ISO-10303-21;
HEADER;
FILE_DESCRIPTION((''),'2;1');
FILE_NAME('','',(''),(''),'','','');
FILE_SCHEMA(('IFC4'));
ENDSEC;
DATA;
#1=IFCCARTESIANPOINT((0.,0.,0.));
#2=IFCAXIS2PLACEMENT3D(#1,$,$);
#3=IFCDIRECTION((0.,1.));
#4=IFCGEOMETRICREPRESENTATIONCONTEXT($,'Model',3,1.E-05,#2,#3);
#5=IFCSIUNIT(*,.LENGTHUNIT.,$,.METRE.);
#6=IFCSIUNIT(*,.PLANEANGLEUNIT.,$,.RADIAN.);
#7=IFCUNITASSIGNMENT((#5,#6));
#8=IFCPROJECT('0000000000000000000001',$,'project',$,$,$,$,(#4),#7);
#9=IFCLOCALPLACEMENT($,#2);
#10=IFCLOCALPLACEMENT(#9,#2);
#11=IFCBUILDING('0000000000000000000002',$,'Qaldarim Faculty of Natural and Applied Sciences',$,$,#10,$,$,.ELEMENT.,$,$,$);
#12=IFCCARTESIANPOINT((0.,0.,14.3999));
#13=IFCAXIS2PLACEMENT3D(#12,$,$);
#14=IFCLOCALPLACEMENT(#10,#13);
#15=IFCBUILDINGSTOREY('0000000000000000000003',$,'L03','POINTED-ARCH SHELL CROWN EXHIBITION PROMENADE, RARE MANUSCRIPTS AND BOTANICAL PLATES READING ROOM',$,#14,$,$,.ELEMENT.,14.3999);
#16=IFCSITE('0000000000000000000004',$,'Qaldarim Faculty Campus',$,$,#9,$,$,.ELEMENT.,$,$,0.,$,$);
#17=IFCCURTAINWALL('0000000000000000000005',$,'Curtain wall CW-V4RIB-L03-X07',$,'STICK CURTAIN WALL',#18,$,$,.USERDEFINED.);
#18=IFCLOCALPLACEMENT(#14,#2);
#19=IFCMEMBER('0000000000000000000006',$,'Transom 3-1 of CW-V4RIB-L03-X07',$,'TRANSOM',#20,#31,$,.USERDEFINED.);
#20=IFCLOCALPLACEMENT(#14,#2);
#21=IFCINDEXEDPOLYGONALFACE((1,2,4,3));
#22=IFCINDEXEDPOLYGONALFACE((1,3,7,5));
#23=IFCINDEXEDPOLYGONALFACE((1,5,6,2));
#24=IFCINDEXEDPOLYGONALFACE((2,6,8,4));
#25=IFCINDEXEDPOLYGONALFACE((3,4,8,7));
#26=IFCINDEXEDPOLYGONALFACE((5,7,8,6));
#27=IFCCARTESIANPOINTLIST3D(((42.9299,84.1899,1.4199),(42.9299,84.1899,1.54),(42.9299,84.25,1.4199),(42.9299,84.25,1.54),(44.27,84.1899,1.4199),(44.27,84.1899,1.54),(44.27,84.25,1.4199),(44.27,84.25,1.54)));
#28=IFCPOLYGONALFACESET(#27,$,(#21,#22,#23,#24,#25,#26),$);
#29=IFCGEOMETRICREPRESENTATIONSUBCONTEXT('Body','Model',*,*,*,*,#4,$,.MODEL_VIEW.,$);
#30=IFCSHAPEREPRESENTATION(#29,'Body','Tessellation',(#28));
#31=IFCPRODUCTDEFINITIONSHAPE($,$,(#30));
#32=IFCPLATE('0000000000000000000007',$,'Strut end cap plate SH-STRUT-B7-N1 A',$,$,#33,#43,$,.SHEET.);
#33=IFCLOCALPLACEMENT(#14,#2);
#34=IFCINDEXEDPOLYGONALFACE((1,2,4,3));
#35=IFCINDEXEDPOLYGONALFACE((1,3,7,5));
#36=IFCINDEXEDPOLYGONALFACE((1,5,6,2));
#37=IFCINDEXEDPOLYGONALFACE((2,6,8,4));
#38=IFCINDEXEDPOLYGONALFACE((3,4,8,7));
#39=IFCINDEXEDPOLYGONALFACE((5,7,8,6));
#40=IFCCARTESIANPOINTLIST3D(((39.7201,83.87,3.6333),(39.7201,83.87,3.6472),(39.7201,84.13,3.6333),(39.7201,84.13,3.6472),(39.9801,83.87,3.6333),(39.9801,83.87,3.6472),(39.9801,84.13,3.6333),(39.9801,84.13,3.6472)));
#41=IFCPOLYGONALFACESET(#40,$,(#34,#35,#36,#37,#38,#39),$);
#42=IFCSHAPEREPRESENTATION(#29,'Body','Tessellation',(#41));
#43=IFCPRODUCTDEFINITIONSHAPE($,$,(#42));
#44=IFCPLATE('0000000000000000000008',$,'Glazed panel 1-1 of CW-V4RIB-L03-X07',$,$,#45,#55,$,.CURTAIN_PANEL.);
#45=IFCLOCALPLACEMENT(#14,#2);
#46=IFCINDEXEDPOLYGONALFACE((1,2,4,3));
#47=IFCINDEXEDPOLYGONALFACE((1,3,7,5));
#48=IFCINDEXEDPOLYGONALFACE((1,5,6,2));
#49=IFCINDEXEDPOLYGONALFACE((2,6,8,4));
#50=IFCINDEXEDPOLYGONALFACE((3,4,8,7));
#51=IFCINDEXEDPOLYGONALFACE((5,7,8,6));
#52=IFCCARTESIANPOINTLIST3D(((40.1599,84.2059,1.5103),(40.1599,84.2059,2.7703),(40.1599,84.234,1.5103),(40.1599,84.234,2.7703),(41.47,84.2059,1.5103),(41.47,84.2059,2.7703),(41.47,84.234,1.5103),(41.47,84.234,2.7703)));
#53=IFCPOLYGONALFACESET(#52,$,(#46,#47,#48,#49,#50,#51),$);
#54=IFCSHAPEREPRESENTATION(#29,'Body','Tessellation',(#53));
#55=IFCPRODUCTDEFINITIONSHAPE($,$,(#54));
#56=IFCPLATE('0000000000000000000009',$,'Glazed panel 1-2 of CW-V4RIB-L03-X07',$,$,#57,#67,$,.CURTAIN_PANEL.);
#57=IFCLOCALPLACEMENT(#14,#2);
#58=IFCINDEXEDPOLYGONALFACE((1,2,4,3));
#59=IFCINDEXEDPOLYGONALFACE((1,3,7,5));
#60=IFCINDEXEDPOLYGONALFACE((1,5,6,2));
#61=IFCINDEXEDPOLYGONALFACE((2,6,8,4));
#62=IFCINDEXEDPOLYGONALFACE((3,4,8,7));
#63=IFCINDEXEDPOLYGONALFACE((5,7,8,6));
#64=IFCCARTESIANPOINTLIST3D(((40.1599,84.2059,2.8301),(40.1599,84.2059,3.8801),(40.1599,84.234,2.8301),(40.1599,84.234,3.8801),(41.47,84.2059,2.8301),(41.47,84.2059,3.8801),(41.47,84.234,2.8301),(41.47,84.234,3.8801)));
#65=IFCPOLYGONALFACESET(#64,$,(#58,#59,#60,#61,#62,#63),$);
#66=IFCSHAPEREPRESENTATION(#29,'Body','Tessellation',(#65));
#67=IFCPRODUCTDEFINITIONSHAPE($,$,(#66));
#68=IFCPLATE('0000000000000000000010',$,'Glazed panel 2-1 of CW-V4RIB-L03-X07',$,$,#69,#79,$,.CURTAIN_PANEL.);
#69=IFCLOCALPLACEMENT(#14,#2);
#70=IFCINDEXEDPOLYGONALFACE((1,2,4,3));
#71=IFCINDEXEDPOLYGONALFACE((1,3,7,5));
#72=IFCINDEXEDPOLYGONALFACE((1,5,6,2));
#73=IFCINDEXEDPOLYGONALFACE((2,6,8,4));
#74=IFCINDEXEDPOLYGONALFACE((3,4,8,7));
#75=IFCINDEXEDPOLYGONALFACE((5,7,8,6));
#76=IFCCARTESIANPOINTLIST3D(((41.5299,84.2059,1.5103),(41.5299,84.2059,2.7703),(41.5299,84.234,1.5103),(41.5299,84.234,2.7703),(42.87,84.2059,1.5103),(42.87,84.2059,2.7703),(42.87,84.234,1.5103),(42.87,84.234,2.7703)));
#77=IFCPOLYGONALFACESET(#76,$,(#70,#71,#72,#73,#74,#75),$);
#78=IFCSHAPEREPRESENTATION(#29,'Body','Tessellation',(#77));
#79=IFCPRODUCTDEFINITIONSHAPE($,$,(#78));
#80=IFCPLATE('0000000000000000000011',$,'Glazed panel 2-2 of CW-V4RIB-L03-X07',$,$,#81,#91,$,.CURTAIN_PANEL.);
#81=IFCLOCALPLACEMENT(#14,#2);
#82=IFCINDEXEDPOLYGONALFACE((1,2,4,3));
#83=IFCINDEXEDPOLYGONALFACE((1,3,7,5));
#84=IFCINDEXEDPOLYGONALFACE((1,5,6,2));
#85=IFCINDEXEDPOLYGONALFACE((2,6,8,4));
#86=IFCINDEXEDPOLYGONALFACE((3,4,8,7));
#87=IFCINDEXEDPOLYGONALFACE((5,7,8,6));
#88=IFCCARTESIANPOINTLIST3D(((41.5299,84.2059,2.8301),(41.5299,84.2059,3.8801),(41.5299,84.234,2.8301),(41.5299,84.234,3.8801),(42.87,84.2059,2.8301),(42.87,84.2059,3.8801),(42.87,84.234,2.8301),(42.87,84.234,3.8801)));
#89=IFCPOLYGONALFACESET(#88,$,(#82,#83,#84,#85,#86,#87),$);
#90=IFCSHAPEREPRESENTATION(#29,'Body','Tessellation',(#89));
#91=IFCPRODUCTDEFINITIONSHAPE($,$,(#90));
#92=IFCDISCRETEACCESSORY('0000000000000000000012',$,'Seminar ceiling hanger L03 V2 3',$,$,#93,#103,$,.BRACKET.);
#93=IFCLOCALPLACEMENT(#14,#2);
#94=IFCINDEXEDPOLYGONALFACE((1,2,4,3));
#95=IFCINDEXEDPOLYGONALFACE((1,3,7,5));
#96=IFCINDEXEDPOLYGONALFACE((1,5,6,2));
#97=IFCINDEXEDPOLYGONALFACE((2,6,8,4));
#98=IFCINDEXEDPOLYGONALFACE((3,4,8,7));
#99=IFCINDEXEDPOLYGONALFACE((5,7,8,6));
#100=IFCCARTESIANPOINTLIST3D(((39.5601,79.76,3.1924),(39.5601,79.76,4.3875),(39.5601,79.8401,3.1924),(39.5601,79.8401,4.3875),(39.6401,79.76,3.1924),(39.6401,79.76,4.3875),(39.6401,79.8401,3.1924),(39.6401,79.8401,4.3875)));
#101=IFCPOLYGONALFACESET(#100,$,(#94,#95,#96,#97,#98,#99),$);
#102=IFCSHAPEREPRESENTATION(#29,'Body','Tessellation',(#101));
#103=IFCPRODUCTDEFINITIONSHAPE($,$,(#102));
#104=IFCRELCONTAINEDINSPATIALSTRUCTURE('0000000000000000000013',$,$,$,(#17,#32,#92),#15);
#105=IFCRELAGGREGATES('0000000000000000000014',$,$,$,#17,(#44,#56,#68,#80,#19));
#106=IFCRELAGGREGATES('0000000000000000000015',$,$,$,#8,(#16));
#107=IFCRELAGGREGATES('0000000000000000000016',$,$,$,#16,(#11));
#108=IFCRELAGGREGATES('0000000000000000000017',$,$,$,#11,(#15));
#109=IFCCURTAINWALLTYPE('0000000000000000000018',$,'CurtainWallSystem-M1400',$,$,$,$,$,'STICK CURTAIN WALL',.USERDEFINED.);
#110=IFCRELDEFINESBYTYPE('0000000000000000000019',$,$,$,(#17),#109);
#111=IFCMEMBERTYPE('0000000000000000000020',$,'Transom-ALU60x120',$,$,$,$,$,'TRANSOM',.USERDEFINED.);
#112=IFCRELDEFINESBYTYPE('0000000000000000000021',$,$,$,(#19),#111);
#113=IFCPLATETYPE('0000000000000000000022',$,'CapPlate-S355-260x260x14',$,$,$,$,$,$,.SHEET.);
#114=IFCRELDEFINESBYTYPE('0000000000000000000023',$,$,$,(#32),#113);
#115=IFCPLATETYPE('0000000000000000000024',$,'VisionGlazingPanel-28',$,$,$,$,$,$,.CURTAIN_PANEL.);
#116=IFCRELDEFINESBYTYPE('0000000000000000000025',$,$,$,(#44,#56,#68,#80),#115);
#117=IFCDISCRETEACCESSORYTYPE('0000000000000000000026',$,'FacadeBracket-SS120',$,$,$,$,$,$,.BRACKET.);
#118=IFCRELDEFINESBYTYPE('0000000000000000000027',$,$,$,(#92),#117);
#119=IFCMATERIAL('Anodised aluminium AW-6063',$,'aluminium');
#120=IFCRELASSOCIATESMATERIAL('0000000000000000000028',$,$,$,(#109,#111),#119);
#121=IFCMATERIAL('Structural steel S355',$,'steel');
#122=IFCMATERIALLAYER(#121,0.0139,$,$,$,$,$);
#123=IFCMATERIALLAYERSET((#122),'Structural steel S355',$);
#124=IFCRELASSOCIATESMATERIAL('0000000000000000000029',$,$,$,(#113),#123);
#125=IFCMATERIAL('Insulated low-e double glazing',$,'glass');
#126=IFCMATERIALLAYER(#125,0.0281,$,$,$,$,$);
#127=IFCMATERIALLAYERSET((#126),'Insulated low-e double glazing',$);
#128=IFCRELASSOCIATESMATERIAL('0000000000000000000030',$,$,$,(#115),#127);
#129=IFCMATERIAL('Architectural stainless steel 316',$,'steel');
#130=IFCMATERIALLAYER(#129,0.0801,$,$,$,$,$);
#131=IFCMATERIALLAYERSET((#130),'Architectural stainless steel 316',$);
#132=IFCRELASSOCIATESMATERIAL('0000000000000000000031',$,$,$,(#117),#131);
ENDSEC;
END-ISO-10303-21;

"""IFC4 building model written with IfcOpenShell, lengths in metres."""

from ifc_helpers import new_model, si_unit, direction, frame, origin, origin_2d, place, context, subcontext, project, spatial, rectangle, extrude, material, layer, layer_set, material_profile, profile_set, type_object, element, aggregate, save


model = new_model("IFC4")

# Units and contexts
model_context = context("Model", 3, precision=1e-05, world=origin(), true_north=direction((0.0, 1.0)))
body_context = subcontext(model_context, "Body", "Model", "MODEL_VIEW")
ifc_project = project(units=[si_unit("LENGTHUNIT", "METRE"), si_unit("PLANEANGLEUNIT", "RADIAN")], contexts=[model_context])

# Site, building, storey
site_placement = place(None, origin())
site = spatial("IfcSite", under=ifc_project, at=site_placement, Name="Qaldarim Faculty Campus", CompositionType="ELEMENT", RefElevation=0.0)
building_placement = place(site_placement, origin())
building = spatial("IfcBuilding", under=site, at=building_placement, Name="Qaldarim Faculty of Natural and Applied Sciences", CompositionType="ELEMENT")
storey_placement = place(building_placement, frame((0.0, 0.0, 14.3999)))
storey = spatial("IfcBuildingStorey", under=building, at=storey_placement, Name="L03", Description="POINTED-ARCH SHELL CROWN EXHIBITION PROMENADE, RARE MANUSCRIPTS AND BOTANICAL PLATES READING ROOM", CompositionType="ELEMENT", Elevation=14.3999)

# Curtain wall, member
ifc_material_1 = material(Name="Anodised aluminium AW-6063", Category="aluminium")
curtain_wall_type = type_object("IfcCurtainWallType", Name="CurtainWallSystem-M1400", ElementType="STICK CURTAIN WALL", PredefinedType="USERDEFINED", material=ifc_material_1)
curtain_wall_placement = place(storey_placement, origin())
curtain_wall = element("IfcCurtainWall", 1, at=curtain_wall_placement, inside=storey, type_object=curtain_wall_type, Name="Curtain wall CW-V4RIB-L03-X07", ObjectType="STICK CURTAIN WALL", PredefinedType="USERDEFINED")
ifc_material_profile_1 = material_profile(ifc_material_1, rectangle(XDim=0.0601, YDim=0.1201, at=origin_2d()), Name="ALU-T60x120")
ifc_profile_set_1 = profile_set([ifc_material_profile_1], Name="Anodised aluminium AW-6063")
member_type_1 = type_object("IfcMemberType", Name="Transom-ALU60x120", ElementType="TRANSOM", PredefinedType="USERDEFINED", material=ifc_profile_set_1)
member_1_placement = place(storey_placement, frame((42.9299, 84.22, 1.48), z_axis=(1.0, 0.0, 0.0), x_axis=(0.0, 1.0, 0.0)))
member_1 = element("IfcMember", 2, at=member_1_placement, type_object=member_type_1, Name="Transom 3-1 of CW-V4RIB-L03-X07", ObjectType="TRANSOM", PredefinedType="USERDEFINED", context=body_context, shape_type="SweptSolid", body=[
    extrude(rectangle(XDim=0.0601, YDim=0.1201, at=origin_2d()), origin(), (0.0, 0.0, 1.0), 1.3401),
])

# Plates
ifc_material_2 = material(Name="Structural steel S355", Category="steel")
ifc_layer_1 = layer(ifc_material_2, 0.0139)
ifc_layer_set_1 = layer_set([ifc_layer_1], Name="Structural steel S355")
plate_type_1 = type_object("IfcPlateType", Name="CapPlate-S355-260x260x14", PredefinedType="SHEET", material=ifc_layer_set_1)
plate_1_placement = place(storey_placement, frame((39.8501, 84.0, 3.6333), z_axis=(0.0, 0.0, 1.0), x_axis=(1.0, 0.0, 0.0)))
element("IfcPlate", 3, at=plate_1_placement, inside=storey, type_object=plate_type_1, Name="Strut end cap plate SH-STRUT-B7-N1 A", PredefinedType="SHEET", context=body_context, shape_type="SweptSolid", body=[
    extrude(rectangle(XDim=0.26, YDim=0.26, at=origin_2d()), origin(), (0.0, 0.0, 1.0), 0.0139),
])
ifc_material_3 = material(Name="Insulated low-e double glazing", Category="glass")
ifc_layer_2 = layer(ifc_material_3, 0.0281)
ifc_layer_set_2 = layer_set([ifc_layer_2], Name="Insulated low-e double glazing")
plate_type_2 = type_object("IfcPlateType", Name="VisionGlazingPanel-28", PredefinedType="CURTAIN_PANEL", material=ifc_layer_set_2)
plate_2_placement = place(storey_placement, frame((40.8149, 84.22, 1.5103), z_axis=(0.0, 0.0, 1.0), x_axis=(1.0, 0.0, 0.0)))
plate_2 = element("IfcPlate", 4, at=plate_2_placement, type_object=plate_type_2, Name="Glazed panel 1-1 of CW-V4RIB-L03-X07", PredefinedType="CURTAIN_PANEL", context=body_context, shape_type="SweptSolid", body=[
    extrude(rectangle(XDim=1.3101, YDim=0.0281, at=origin_2d()), origin(), (0.0, 0.0, 1.0), 1.26),
])
plate_3_placement = place(storey_placement, frame((40.8149, 84.22, 2.8301), z_axis=(0.0, 0.0, 1.0), x_axis=(1.0, 0.0, 0.0)))
plate_3 = element("IfcPlate", 5, at=plate_3_placement, type_object=plate_type_2, Name="Glazed panel 1-2 of CW-V4RIB-L03-X07", PredefinedType="CURTAIN_PANEL", context=body_context, shape_type="SweptSolid", body=[
    extrude(rectangle(XDim=1.3101, YDim=0.0281, at=origin_2d()), origin(), (0.0, 0.0, 1.0), 1.05),
])
plate_4_placement = place(storey_placement, frame((42.2, 84.22, 1.5103), z_axis=(0.0, 0.0, 1.0), x_axis=(1.0, 0.0, 0.0)))
plate_4 = element("IfcPlate", 6, at=plate_4_placement, type_object=plate_type_2, Name="Glazed panel 2-1 of CW-V4RIB-L03-X07", PredefinedType="CURTAIN_PANEL", context=body_context, shape_type="SweptSolid", body=[
    extrude(rectangle(XDim=1.3401, YDim=0.0281, at=origin_2d()), origin(), (0.0, 0.0, 1.0), 1.26),
])
plate_5_placement = place(storey_placement, frame((42.2, 84.22, 2.8301), z_axis=(0.0, 0.0, 1.0), x_axis=(1.0, 0.0, 0.0)))
plate_5 = element("IfcPlate", 7, at=plate_5_placement, type_object=plate_type_2, Name="Glazed panel 2-2 of CW-V4RIB-L03-X07", PredefinedType="CURTAIN_PANEL", context=body_context, shape_type="SweptSolid", body=[
    extrude(rectangle(XDim=1.3401, YDim=0.0281, at=origin_2d()), origin(), (0.0, 0.0, 1.0), 1.05),
])
aggregate(curtain_wall, [plate_2, plate_3, plate_4, plate_5, member_1])

# Discrete accessory
ifc_material_4 = material(Name="Architectural stainless steel 316", Category="steel")
ifc_layer_3 = layer(ifc_material_4, 0.0801)
ifc_layer_set_3 = layer_set([ifc_layer_3], Name="Architectural stainless steel 316")
discrete_accessory_type = type_object("IfcDiscreteAccessoryType", Name="FacadeBracket-SS120", PredefinedType="BRACKET", material=ifc_layer_set_3)
discrete_accessory_placement = place(storey_placement, frame((39.6001, 79.8, 3.1924), z_axis=(0.0, 0.0, 1.0), x_axis=(1.0, 0.0, 0.0)))
element("IfcDiscreteAccessory", 8, at=discrete_accessory_placement, inside=storey, type_object=discrete_accessory_type, Name="Seminar ceiling hanger L03 V2 3", PredefinedType="BRACKET", context=body_context, shape_type="SweptSolid", body=[
    extrude(rectangle(XDim=0.0801, YDim=0.0801, at=origin_2d()), origin(), (0.0, 0.0, 1.0), 1.1951),
])

save(model, "model.ifc")
